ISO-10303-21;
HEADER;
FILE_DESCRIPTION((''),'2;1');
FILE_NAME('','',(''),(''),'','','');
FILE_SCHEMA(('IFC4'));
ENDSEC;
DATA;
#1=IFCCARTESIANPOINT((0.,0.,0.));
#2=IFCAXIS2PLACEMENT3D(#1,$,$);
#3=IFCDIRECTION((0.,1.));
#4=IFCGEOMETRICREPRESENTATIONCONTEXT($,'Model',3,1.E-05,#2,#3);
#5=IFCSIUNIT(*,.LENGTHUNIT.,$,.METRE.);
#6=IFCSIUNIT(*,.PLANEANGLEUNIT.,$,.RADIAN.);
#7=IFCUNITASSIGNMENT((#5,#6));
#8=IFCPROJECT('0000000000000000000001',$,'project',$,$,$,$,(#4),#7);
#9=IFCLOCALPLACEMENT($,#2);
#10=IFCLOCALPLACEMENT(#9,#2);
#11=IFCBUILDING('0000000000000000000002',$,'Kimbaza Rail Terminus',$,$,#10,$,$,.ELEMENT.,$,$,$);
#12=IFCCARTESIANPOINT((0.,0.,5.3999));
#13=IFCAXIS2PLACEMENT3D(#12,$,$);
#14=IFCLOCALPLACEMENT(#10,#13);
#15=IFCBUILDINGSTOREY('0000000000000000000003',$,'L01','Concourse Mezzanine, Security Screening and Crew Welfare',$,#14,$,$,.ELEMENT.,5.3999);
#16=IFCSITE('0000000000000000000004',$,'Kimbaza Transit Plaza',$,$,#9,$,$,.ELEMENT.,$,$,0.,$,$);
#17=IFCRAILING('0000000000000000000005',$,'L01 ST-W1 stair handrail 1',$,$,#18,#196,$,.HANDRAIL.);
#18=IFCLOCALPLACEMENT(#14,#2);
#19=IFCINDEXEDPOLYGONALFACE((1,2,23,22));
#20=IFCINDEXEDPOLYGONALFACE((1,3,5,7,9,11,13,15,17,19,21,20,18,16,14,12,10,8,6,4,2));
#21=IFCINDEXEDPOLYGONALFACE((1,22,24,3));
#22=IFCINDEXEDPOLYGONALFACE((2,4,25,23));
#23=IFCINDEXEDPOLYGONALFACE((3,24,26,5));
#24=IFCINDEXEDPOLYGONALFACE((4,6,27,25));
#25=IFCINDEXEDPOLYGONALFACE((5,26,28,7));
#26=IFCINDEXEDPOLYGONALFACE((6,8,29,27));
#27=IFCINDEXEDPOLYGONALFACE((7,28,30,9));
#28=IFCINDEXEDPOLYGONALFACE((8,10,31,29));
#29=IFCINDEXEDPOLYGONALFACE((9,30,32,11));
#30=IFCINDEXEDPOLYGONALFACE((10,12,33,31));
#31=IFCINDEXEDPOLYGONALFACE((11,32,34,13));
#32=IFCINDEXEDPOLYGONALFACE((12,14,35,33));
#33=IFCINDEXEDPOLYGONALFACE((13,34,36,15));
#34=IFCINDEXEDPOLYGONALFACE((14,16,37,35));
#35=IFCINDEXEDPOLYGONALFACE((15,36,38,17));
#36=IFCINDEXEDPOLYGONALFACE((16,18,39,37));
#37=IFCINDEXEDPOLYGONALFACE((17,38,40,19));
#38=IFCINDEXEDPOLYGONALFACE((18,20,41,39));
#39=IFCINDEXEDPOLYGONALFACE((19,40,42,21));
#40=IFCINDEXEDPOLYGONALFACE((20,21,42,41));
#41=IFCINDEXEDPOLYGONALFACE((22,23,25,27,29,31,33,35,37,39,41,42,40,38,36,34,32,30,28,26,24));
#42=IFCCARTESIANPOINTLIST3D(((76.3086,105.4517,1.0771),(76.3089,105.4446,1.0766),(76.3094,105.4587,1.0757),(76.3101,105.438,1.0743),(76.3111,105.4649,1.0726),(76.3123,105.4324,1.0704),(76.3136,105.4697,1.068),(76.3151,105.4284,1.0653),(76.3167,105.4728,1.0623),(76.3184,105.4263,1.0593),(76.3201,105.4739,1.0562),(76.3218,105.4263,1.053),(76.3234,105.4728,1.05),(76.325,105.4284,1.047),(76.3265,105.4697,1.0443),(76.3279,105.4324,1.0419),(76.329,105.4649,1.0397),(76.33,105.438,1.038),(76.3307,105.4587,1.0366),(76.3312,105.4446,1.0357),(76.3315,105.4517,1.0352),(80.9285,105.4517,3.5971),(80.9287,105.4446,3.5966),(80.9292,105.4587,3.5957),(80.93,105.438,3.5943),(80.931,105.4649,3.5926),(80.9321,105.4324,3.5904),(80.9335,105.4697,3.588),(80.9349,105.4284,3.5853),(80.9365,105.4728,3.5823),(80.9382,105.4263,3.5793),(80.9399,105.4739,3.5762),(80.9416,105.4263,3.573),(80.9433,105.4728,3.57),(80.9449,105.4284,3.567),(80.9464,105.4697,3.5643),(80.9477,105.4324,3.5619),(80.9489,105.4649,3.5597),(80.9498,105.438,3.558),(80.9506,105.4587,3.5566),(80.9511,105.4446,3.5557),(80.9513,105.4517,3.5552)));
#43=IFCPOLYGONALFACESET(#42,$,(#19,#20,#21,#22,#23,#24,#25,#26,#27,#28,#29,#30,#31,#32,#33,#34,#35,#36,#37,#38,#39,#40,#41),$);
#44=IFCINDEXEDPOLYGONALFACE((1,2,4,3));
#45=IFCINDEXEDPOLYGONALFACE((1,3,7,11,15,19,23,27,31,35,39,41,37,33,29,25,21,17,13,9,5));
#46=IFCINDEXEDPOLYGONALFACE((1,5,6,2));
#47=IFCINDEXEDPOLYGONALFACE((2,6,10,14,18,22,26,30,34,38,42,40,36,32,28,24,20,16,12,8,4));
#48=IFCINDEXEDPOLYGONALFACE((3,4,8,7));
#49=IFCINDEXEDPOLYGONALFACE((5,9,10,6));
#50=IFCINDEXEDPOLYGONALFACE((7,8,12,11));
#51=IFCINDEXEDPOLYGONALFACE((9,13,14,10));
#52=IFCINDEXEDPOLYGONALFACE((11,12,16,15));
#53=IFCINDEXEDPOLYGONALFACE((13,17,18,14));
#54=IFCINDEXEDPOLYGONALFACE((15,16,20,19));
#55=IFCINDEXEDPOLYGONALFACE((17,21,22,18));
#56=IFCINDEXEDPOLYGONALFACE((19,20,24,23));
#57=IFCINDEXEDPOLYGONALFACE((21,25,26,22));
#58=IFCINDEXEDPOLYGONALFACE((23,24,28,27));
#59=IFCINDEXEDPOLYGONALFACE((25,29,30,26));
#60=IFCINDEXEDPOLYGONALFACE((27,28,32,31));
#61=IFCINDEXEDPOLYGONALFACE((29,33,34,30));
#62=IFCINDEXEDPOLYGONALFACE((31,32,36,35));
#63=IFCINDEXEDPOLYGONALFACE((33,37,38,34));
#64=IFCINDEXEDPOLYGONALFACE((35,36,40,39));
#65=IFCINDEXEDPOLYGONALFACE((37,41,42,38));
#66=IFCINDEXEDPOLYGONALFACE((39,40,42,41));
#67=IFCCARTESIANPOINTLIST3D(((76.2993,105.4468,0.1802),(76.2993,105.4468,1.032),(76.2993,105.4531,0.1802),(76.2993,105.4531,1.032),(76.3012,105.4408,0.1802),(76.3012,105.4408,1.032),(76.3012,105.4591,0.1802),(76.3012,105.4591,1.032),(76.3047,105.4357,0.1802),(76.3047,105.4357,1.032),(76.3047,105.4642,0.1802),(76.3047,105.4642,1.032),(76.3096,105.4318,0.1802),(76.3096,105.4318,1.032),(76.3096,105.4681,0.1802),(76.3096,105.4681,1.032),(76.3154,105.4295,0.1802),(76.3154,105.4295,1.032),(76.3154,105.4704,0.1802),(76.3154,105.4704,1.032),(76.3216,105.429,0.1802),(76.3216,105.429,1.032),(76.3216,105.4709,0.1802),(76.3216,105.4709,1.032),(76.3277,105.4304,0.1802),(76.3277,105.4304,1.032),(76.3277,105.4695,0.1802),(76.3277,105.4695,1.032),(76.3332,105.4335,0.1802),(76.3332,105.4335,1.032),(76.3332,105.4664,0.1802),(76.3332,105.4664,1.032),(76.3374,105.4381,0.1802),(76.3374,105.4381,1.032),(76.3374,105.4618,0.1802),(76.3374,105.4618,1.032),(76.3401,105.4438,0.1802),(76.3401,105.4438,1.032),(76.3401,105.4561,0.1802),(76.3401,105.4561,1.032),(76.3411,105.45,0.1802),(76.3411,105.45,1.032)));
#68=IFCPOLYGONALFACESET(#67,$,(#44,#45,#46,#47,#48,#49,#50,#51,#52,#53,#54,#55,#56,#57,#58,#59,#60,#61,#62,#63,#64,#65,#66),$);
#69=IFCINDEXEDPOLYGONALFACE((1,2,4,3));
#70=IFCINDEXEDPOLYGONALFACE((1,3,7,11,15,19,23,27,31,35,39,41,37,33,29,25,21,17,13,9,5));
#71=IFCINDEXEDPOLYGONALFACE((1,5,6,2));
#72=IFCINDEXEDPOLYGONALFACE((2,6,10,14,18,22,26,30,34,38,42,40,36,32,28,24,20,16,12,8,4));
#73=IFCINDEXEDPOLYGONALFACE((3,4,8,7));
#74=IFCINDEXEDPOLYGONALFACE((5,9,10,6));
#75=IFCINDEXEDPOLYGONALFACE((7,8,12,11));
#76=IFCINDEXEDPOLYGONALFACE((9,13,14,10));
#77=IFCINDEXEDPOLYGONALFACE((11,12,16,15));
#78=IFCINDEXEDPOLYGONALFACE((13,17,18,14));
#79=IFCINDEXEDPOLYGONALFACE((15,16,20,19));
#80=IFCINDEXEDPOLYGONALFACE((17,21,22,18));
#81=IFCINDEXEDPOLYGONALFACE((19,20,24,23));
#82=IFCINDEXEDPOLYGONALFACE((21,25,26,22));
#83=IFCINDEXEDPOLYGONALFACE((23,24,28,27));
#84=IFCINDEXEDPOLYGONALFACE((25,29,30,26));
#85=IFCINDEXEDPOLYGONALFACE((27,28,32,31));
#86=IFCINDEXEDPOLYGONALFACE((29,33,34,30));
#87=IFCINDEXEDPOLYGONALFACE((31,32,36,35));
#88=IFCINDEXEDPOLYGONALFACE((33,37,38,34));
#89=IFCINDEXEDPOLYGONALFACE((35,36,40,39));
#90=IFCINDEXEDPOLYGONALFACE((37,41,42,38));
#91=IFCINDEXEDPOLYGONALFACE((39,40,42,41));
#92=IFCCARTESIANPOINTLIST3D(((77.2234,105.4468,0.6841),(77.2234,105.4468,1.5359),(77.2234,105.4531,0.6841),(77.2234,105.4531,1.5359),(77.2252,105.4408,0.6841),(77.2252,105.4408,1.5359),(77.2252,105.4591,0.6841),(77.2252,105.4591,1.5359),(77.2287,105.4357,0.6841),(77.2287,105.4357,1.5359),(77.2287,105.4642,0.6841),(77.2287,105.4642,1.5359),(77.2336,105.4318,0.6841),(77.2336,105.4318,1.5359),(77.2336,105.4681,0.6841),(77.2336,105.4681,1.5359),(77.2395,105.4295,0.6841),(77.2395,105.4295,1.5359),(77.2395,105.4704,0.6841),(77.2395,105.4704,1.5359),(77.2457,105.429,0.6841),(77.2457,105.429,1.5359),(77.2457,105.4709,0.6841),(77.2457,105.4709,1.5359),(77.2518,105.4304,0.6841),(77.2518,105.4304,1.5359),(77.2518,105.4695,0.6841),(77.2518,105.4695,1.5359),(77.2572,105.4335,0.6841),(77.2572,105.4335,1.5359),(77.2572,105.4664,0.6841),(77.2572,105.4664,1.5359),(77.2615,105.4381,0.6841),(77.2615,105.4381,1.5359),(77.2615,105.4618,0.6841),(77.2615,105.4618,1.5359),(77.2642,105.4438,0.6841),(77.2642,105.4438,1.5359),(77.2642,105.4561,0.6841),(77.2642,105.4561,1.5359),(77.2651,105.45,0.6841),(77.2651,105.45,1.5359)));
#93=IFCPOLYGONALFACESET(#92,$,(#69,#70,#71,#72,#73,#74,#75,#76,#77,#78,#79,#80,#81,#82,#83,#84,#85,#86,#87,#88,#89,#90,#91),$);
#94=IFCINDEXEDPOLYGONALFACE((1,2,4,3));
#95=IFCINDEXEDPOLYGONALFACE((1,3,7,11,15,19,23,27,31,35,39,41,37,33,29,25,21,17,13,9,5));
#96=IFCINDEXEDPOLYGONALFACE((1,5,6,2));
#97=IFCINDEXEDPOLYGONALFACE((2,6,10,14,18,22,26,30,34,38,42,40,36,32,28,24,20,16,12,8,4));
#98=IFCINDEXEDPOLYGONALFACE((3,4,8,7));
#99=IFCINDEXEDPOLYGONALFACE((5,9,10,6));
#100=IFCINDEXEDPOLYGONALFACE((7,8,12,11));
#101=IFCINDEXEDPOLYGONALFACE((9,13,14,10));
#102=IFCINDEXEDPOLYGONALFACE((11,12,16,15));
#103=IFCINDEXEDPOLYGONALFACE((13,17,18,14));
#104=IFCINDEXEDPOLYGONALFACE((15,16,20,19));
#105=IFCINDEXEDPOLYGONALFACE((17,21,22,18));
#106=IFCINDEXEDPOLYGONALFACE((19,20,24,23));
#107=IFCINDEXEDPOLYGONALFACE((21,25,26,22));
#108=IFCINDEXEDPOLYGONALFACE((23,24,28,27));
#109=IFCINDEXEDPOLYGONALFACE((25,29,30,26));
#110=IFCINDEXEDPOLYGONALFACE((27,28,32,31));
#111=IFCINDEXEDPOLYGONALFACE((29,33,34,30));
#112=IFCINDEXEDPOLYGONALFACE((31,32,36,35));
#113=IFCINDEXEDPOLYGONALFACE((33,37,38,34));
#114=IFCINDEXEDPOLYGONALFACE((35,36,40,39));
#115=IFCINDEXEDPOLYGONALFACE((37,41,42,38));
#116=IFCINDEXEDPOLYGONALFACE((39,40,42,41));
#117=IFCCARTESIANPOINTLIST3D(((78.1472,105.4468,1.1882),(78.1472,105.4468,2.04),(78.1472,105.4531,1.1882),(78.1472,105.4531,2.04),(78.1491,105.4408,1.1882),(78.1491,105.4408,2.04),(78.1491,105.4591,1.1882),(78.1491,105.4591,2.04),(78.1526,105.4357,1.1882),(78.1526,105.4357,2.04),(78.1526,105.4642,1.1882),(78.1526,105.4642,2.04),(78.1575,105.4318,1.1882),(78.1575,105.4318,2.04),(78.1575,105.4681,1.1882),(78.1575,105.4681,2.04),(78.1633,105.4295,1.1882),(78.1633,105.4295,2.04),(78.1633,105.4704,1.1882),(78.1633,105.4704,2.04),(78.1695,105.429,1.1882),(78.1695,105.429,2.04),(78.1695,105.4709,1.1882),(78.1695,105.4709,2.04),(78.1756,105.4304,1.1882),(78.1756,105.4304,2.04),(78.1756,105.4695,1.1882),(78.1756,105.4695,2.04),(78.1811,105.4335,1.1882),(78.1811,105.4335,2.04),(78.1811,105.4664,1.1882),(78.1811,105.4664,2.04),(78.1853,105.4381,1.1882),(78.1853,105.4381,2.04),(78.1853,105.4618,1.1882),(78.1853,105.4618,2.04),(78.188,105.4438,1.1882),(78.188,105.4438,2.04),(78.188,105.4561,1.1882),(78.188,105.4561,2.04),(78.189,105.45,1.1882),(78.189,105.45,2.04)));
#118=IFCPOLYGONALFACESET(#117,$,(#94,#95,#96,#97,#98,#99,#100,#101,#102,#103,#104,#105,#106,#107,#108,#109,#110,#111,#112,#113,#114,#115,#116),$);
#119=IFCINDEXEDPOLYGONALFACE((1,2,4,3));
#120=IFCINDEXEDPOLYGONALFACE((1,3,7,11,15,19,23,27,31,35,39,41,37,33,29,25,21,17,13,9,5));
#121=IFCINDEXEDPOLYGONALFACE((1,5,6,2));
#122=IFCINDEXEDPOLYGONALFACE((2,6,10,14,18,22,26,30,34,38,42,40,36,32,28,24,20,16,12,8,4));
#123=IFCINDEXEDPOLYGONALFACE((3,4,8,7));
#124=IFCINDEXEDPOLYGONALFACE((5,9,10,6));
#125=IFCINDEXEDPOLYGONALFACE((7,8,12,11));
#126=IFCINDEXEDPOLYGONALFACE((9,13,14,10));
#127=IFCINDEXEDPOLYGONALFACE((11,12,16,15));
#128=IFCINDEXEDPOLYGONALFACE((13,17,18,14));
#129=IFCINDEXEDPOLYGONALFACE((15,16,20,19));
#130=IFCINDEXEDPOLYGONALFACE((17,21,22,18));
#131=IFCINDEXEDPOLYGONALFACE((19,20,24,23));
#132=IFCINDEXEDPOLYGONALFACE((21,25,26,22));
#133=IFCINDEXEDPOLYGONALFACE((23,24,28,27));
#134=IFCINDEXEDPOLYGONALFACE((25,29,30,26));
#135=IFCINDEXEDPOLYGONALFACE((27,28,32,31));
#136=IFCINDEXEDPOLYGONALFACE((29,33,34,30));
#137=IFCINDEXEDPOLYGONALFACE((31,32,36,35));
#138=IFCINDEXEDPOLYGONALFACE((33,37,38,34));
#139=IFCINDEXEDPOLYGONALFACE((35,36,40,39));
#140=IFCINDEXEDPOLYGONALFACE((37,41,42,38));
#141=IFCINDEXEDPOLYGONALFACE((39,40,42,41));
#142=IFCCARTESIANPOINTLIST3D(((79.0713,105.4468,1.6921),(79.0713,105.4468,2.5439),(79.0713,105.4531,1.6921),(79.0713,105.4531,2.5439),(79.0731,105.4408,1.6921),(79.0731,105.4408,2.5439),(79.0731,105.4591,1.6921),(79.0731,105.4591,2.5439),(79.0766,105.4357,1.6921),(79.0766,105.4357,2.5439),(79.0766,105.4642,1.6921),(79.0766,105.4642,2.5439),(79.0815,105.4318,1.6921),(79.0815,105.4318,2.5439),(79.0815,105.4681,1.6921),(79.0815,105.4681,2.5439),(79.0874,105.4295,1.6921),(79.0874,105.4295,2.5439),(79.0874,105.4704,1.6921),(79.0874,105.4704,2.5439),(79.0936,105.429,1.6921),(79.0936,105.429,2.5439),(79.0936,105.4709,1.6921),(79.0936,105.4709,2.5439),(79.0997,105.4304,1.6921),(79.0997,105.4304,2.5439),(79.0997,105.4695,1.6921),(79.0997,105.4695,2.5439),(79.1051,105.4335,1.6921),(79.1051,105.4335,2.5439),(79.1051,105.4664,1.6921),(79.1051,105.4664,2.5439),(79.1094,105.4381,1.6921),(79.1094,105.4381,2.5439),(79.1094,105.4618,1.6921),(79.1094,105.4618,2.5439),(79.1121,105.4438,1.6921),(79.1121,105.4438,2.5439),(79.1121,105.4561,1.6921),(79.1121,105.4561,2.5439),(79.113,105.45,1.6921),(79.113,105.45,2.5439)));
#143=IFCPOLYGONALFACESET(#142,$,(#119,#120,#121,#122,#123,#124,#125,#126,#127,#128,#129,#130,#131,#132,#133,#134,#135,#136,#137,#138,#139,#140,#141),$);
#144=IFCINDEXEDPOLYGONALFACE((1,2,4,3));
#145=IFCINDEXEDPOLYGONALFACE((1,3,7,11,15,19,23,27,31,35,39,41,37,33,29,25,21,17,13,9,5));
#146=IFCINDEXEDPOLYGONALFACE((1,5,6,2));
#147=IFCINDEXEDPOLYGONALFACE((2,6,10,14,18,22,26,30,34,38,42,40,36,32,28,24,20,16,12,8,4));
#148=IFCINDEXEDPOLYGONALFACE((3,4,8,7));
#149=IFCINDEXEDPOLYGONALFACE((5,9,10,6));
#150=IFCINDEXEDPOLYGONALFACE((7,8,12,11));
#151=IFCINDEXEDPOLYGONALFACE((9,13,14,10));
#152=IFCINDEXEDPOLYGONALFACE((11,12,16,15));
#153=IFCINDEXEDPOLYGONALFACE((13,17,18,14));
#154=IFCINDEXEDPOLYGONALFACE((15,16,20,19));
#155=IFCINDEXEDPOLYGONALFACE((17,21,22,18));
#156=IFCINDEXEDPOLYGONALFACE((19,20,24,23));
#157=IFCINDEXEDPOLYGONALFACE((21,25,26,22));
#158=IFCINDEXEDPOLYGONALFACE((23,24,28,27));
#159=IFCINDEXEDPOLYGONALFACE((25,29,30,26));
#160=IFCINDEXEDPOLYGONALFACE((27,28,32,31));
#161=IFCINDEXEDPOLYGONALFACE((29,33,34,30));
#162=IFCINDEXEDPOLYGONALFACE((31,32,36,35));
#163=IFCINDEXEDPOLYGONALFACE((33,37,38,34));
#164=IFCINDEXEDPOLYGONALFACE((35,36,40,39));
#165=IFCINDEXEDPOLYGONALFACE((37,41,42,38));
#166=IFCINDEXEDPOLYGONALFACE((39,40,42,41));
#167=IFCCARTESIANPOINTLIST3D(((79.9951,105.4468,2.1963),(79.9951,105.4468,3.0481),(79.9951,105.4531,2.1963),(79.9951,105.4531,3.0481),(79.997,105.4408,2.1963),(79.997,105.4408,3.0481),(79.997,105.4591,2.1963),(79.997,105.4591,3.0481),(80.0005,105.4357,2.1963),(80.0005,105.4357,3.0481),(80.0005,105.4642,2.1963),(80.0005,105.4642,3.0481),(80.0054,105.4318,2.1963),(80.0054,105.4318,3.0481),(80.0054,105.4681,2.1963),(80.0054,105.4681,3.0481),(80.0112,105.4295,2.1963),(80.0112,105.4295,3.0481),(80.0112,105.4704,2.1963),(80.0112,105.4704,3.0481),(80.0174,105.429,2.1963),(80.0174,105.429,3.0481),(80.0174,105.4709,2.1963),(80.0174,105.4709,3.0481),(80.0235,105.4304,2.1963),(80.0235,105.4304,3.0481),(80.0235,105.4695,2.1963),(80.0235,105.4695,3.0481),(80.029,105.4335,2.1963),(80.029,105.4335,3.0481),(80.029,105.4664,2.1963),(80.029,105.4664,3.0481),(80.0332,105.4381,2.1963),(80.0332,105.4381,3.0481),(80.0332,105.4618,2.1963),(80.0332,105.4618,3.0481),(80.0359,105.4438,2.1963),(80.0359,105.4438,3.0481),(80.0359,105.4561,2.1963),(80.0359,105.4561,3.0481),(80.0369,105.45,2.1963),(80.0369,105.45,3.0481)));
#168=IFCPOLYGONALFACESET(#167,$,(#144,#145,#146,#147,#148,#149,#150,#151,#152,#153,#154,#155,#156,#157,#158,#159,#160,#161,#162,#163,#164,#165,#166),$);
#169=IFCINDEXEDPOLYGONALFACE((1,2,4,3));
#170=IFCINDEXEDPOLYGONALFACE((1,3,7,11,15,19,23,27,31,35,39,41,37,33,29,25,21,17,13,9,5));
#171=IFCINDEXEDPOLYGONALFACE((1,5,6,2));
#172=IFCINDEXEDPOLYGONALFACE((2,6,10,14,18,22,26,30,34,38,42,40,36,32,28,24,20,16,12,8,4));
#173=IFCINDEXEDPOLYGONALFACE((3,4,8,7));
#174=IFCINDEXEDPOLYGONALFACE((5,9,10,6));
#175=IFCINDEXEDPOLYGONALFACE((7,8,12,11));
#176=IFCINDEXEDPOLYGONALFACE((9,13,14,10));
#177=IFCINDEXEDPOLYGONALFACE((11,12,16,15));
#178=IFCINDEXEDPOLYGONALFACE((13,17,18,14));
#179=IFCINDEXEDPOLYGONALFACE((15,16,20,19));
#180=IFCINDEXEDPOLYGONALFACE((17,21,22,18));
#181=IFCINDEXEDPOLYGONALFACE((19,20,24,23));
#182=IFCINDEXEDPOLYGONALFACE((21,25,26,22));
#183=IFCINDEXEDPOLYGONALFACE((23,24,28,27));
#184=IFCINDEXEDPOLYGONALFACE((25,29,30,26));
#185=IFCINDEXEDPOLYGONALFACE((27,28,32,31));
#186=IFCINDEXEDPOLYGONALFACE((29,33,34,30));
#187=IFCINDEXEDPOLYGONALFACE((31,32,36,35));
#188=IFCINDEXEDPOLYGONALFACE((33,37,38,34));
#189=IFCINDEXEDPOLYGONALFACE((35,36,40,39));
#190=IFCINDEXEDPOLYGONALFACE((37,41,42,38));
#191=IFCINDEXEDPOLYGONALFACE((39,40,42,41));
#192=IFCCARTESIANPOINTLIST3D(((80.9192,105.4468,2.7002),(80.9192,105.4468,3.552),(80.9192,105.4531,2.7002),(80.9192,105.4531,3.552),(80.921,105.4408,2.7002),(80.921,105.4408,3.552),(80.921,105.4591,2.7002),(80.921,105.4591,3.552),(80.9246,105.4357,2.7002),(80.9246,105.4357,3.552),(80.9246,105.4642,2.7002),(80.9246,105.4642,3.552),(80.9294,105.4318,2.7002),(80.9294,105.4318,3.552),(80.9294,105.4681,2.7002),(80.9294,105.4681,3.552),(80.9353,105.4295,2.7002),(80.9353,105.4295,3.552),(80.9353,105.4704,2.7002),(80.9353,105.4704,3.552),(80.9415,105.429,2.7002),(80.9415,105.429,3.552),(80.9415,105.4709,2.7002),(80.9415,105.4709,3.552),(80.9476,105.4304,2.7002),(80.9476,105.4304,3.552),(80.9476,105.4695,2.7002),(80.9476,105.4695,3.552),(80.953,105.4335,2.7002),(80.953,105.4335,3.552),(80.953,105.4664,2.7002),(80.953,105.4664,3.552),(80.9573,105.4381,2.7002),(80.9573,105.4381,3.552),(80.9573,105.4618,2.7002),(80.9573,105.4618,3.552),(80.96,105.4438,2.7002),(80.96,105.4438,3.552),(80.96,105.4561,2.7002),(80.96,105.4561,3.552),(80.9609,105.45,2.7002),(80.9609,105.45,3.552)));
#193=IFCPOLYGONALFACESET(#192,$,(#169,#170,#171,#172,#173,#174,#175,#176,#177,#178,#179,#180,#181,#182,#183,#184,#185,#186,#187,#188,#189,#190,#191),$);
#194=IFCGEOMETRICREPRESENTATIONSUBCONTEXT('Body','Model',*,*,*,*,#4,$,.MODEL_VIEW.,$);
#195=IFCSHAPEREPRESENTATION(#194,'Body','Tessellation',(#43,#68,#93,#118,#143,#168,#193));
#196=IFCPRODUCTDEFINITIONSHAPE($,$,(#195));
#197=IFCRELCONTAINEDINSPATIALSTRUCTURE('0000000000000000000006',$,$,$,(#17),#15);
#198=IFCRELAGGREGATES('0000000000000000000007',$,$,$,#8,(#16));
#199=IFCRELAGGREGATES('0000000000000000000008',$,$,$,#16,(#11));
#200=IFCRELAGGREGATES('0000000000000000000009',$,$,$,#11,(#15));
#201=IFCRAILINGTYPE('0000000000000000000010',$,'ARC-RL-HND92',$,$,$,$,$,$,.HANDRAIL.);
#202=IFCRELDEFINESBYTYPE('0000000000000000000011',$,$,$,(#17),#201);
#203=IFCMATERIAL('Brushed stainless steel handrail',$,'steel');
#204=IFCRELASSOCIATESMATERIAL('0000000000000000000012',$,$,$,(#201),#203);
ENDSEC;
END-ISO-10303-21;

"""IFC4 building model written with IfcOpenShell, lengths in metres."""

from ifc_helpers import new_model, si_unit, direction, frame, origin, origin_2d, place, context, subcontext, project, spatial, circle, extrude, material, type_object, element, save


model = new_model("IFC4")

# Units and contexts
model_context = context("Model", 3, precision=1e-05, world=origin(), true_north=direction((0.0, 1.0)))
body_context = subcontext(model_context, "Body", "Model", "MODEL_VIEW")
ifc_project = project(units=[si_unit("LENGTHUNIT", "METRE"), si_unit("PLANEANGLEUNIT", "RADIAN")], contexts=[model_context])

# Site, building, storey
site_placement = place(None, origin())
site = spatial("IfcSite", under=ifc_project, at=site_placement, Name="Kimbaza Transit Plaza", CompositionType="ELEMENT", RefElevation=0.0)
building_placement = place(site_placement, origin())
building = spatial("IfcBuilding", under=site, at=building_placement, Name="Kimbaza Rail Terminus", CompositionType="ELEMENT")
storey_placement = place(building_placement, frame((0.0, 0.0, 5.3999)))
storey = spatial("IfcBuildingStorey", under=building, at=storey_placement, Name="L01", Description="Concourse Mezzanine, Security Screening and Crew Welfare", CompositionType="ELEMENT", Elevation=5.3999)

# Railing
ifc_material_1 = material(Name="Brushed stainless steel handrail", Category="steel")
railing_type_1 = type_object("IfcRailingType", Name="ARC-RL-HND92", PredefinedType="HANDRAIL", material=ifc_material_1)
railing_1_placement = place(storey_placement, frame((76.3201, 105.45, 0.1802)))
element("IfcRailing", 1, at=railing_1_placement, inside=storey, type_object=railing_type_1, Name="L01 ST-W1 stair handrail 1", PredefinedType="HANDRAIL", context=body_context, shape_type="SweptSolid", body=[
    extrude(circle(Radius=0.0239, at=origin_2d()), frame((0.0, 0.0, 0.876), z_axis=(0.877888, 0.0, 0.478865), x_axis=(0.0, 1.0, 0.0)), (0.0, 0.0, 1.0), 5.2625),
    extrude(circle(Radius=0.021, at=origin_2d()), origin(), (0.0, 0.0, 1.0), 0.8518),
    extrude(circle(Radius=0.021, at=origin_2d()), frame((0.9241, 0.0, 0.5039)), (0.0, 0.0, 1.0), 0.8518),
    extrude(circle(Radius=0.021, at=origin_2d()), frame((1.8479, 0.0, 1.0081)), (0.0, 0.0, 1.0), 0.8518),
    extrude(circle(Radius=0.021, at=origin_2d()), frame((2.772, 0.0, 1.512)), (0.0, 0.0, 1.0), 0.8518),
    extrude(circle(Radius=0.021, at=origin_2d()), frame((3.6958, 0.0, 2.0161)), (0.0, 0.0, 1.0), 0.8518),
    extrude(circle(Radius=0.021, at=origin_2d()), frame((4.6199, 0.0, 2.52)), (0.0, 0.0, 1.0), 0.8518),
])

save(model, "model.ifc")
